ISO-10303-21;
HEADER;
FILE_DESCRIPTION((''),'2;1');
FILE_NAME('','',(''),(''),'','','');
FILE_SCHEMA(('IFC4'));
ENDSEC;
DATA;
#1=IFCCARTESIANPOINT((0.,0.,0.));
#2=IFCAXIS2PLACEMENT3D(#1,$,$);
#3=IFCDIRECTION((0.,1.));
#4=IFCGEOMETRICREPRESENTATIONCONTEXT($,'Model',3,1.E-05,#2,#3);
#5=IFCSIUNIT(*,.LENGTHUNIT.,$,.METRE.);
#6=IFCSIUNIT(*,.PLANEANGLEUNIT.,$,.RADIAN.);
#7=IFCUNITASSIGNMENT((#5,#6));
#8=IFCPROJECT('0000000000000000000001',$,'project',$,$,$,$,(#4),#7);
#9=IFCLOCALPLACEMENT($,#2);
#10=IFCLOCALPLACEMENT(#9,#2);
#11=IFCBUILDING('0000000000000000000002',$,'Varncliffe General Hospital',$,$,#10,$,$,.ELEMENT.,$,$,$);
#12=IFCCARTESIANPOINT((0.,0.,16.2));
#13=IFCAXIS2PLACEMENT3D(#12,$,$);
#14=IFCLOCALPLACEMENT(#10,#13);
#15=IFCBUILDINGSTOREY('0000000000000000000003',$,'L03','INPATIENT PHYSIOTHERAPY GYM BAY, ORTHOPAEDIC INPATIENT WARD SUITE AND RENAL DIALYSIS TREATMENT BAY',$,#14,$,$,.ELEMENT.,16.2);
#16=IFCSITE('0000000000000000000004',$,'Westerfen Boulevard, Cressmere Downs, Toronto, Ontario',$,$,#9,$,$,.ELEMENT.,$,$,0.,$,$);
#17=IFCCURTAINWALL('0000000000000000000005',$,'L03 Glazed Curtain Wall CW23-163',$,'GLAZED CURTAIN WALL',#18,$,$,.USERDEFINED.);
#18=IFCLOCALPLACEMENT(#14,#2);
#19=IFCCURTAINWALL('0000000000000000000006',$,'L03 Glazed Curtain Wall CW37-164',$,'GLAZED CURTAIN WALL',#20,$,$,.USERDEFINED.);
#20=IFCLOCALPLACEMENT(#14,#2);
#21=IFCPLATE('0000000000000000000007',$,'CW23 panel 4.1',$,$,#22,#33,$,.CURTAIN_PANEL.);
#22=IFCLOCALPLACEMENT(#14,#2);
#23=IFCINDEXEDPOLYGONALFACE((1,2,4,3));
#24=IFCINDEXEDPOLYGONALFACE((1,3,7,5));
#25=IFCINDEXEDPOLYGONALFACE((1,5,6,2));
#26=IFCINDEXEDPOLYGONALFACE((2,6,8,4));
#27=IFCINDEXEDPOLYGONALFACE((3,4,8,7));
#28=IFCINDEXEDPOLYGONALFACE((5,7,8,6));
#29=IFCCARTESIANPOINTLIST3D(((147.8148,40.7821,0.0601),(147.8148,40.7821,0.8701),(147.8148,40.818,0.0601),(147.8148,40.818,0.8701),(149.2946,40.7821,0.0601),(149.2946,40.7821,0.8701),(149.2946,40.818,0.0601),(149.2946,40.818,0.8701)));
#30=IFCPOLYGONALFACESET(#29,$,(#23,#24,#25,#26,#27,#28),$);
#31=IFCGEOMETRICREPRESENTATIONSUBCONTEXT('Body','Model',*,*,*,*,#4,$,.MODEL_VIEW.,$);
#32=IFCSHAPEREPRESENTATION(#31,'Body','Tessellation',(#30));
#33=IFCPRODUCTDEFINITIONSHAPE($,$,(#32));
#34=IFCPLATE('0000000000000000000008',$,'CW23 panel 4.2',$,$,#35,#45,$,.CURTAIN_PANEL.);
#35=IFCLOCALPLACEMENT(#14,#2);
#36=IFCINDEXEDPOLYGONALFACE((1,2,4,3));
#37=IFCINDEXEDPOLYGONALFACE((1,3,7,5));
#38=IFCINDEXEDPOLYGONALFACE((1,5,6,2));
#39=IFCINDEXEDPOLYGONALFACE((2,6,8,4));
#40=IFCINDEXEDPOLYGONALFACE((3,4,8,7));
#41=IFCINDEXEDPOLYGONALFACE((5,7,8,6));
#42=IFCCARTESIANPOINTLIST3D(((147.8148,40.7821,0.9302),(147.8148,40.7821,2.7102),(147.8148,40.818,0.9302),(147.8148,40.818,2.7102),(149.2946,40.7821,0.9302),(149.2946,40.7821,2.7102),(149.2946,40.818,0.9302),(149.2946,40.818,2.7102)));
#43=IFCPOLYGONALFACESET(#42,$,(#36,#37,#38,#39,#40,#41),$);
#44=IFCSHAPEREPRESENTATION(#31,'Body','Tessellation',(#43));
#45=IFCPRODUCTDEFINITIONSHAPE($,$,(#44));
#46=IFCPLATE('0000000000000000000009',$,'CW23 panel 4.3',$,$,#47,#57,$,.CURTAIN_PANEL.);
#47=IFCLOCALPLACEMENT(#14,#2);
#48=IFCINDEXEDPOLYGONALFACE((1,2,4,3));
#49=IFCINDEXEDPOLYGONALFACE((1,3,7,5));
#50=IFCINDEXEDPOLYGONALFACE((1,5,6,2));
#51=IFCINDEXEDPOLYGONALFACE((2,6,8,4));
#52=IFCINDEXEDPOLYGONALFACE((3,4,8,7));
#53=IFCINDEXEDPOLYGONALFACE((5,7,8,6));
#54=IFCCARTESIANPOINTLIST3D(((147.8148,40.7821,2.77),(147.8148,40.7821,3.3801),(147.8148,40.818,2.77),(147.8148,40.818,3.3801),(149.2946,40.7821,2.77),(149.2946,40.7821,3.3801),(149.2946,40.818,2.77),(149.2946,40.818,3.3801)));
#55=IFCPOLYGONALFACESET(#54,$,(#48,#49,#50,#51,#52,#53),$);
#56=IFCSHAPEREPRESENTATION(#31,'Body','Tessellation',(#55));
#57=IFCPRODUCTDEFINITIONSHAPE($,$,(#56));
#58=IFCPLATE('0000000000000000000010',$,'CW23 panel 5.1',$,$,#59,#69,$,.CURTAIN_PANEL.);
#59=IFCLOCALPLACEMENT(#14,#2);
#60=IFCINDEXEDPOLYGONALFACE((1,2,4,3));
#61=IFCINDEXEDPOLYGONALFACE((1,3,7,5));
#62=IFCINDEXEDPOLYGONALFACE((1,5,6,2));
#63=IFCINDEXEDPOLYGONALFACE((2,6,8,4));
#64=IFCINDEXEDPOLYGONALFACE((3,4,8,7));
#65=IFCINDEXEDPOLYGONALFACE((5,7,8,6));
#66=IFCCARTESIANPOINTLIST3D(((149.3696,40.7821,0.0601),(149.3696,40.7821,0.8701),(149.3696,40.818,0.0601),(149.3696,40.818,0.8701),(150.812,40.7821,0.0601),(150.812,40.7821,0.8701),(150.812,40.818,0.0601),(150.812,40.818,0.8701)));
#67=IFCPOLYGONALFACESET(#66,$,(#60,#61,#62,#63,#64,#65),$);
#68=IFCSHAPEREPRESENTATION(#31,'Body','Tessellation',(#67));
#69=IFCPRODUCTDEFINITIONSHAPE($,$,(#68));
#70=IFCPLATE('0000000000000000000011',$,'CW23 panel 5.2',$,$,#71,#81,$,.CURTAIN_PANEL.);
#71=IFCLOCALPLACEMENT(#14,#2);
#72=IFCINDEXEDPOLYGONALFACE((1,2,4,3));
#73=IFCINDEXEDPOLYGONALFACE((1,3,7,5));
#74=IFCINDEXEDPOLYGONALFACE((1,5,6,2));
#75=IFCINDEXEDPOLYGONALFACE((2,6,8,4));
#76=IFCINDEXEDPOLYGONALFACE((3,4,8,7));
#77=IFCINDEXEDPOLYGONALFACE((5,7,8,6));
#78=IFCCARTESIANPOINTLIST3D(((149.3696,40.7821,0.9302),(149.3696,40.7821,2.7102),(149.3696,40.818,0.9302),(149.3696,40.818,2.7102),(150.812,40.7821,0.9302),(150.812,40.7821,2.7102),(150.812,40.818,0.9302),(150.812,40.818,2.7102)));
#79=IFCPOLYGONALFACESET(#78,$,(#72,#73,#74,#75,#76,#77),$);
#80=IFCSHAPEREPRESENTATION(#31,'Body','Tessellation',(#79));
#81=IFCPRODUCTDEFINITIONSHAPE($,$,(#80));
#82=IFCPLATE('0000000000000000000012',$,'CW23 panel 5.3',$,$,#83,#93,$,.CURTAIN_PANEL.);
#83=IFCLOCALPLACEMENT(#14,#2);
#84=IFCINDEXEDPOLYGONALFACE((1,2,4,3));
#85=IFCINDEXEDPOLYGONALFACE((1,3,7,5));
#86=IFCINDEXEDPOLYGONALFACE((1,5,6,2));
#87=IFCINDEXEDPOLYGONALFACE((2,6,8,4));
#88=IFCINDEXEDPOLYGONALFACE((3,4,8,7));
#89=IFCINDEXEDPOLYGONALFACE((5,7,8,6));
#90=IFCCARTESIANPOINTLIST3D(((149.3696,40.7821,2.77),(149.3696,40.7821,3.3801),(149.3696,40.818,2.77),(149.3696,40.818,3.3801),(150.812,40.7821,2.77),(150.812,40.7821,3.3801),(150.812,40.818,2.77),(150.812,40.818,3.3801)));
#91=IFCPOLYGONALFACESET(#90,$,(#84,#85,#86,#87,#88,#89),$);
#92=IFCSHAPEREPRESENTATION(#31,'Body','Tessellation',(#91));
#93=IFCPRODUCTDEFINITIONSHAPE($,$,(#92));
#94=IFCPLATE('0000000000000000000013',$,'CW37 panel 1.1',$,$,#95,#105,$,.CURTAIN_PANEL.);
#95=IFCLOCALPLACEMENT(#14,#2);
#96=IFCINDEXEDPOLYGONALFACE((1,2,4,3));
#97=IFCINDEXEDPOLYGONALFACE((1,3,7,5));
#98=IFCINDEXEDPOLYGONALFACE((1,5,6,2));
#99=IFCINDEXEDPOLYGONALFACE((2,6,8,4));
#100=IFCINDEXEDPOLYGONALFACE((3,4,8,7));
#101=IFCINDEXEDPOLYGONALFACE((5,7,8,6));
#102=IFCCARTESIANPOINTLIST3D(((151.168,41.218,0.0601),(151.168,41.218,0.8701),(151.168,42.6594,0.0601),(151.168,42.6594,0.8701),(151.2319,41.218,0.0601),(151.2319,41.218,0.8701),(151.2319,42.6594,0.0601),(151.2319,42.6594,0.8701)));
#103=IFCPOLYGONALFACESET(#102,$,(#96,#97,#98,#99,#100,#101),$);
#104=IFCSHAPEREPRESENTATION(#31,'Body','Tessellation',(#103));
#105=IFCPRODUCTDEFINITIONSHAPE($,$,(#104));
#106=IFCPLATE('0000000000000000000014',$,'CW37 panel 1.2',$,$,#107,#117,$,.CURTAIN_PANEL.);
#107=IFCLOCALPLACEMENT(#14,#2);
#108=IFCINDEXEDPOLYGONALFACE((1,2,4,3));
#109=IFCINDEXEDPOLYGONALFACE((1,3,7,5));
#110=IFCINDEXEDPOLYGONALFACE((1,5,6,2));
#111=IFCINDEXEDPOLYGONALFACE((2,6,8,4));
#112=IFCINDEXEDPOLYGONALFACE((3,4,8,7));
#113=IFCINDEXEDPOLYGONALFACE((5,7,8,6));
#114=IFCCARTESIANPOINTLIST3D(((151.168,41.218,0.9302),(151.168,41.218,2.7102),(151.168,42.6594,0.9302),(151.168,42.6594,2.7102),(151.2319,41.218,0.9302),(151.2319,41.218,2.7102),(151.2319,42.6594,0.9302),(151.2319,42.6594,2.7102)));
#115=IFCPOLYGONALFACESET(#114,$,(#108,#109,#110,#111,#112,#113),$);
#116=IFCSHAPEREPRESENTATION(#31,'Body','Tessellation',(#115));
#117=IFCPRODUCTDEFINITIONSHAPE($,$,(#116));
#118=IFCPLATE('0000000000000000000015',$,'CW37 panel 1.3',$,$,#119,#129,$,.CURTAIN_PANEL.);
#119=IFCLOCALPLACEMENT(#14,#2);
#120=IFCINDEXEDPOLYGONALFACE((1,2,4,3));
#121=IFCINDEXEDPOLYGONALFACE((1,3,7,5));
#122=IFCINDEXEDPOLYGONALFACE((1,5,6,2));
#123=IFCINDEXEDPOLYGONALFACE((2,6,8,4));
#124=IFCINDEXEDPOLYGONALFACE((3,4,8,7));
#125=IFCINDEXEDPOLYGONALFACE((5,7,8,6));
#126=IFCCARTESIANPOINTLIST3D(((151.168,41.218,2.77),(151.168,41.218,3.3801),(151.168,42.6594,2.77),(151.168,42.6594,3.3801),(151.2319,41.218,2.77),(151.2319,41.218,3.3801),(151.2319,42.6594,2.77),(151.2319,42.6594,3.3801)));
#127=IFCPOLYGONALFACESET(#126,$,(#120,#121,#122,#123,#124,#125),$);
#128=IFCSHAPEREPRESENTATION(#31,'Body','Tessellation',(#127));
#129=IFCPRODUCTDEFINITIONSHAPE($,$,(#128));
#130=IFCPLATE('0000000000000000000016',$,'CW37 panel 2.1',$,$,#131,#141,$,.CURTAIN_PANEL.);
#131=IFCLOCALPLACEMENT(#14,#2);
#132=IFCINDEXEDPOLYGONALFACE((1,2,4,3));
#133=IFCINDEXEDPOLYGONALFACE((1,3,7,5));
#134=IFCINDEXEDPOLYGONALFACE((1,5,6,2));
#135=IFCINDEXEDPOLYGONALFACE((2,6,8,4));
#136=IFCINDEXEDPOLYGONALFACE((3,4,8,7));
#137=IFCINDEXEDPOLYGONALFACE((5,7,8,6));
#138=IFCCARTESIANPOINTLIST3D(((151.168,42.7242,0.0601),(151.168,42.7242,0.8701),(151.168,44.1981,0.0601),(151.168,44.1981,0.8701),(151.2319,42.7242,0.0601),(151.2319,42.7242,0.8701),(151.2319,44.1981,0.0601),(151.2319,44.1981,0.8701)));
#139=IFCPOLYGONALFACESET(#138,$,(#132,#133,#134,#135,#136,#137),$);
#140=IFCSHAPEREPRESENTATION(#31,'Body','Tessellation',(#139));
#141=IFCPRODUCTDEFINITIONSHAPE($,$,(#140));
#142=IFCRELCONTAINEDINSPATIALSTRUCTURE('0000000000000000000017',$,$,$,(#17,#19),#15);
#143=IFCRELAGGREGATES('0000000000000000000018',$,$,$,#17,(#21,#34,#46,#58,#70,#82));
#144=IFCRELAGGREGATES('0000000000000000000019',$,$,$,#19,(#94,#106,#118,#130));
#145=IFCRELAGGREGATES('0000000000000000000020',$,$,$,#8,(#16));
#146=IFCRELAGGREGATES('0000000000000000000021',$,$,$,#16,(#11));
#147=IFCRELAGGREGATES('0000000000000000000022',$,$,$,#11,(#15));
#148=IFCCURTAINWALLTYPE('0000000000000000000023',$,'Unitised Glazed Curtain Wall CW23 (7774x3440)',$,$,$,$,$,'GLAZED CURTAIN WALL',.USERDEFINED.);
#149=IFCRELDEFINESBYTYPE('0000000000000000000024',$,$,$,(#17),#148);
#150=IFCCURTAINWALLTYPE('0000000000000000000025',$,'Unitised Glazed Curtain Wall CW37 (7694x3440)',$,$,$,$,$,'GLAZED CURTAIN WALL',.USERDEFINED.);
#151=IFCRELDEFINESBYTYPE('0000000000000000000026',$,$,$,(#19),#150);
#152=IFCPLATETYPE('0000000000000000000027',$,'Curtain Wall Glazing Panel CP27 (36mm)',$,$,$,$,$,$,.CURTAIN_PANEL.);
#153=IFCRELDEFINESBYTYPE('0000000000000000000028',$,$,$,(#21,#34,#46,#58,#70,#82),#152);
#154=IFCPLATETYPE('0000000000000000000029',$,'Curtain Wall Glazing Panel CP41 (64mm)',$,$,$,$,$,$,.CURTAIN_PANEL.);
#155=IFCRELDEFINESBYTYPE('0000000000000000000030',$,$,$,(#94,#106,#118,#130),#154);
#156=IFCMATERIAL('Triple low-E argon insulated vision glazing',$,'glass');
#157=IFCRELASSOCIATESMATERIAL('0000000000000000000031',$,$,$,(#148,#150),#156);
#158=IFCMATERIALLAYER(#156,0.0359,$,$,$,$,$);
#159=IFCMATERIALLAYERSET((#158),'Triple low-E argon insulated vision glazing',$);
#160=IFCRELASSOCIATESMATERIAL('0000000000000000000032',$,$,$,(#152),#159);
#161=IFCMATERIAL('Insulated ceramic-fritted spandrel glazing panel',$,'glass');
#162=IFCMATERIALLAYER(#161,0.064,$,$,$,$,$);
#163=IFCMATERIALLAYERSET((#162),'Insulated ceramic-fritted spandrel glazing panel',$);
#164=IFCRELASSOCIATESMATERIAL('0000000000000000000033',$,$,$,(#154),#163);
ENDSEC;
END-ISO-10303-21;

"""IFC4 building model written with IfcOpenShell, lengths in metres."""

from ifc_helpers import new_model, si_unit, direction, frame, origin, origin_2d, place, context, subcontext, project, spatial, rectangle, extrude, material, layer, layer_set, type_object, element, aggregate, save


model = new_model("IFC4")

# Units and contexts
model_context = context("Model", 3, precision=1e-05, world=origin(), true_north=direction((0.0, 1.0)))
body_context = subcontext(model_context, "Body", "Model", "MODEL_VIEW")
ifc_project = project(units=[si_unit("LENGTHUNIT", "METRE"), si_unit("PLANEANGLEUNIT", "RADIAN")], contexts=[model_context])

# Site, building, storey
site_placement = place(None, origin())
site = spatial("IfcSite", under=ifc_project, at=site_placement, Name="Westerfen Boulevard, Cressmere Downs, Toronto, Ontario", CompositionType="ELEMENT", RefElevation=0.0)
building_placement = place(site_placement, origin())
building = spatial("IfcBuilding", under=site, at=building_placement, Name="Varncliffe General Hospital", CompositionType="ELEMENT")
storey_placement = place(building_placement, frame((0.0, 0.0, 16.2)))
storey = spatial("IfcBuildingStorey", under=building, at=storey_placement, Name="L03", Description="INPATIENT PHYSIOTHERAPY GYM BAY, ORTHOPAEDIC INPATIENT WARD SUITE AND RENAL DIALYSIS TREATMENT BAY", CompositionType="ELEMENT", Elevation=16.2)

# Curtain walls
ifc_material_1 = material(Name="Triple low-E argon insulated vision glazing", Category="glass")
curtain_wall_type_1 = type_object("IfcCurtainWallType", Name="Unitised Glazed Curtain Wall CW23 (7774x3440)", ElementType="GLAZED CURTAIN WALL", PredefinedType="USERDEFINED", material=ifc_material_1)
curtain_wall_1_placement = place(storey_placement, origin())
curtain_wall_1 = element("IfcCurtainWall", 1, at=curtain_wall_1_placement, inside=storey, type_object=curtain_wall_type_1, Name="L03 Glazed Curtain Wall CW23-163", ObjectType="GLAZED CURTAIN WALL", PredefinedType="USERDEFINED")
curtain_wall_type_2 = type_object("IfcCurtainWallType", Name="Unitised Glazed Curtain Wall CW37 (7694x3440)", ElementType="GLAZED CURTAIN WALL", PredefinedType="USERDEFINED", material=ifc_material_1)
curtain_wall_2_placement = place(storey_placement, origin())
curtain_wall_2 = element("IfcCurtainWall", 2, at=curtain_wall_2_placement, inside=storey, type_object=curtain_wall_type_2, Name="L03 Glazed Curtain Wall CW37-164", ObjectType="GLAZED CURTAIN WALL", PredefinedType="USERDEFINED")

# Plates
ifc_layer_1 = layer(ifc_material_1, 0.0359)
ifc_layer_set_1 = layer_set([ifc_layer_1], Name="Triple low-E argon insulated vision glazing")
plate_type_1 = type_object("IfcPlateType", Name="Curtain Wall Glazing Panel CP27 (36mm)", PredefinedType="CURTAIN_PANEL", material=ifc_layer_set_1)
plate_1_placement = place(storey_placement, frame((148.5547, 40.8, 0.0601), z_axis=(0.0, 0.0, 1.0), x_axis=(1.0, 0.0, 0.0)))
plate_1 = element("IfcPlate", 3, at=plate_1_placement, type_object=plate_type_1, Name="CW23 panel 4.1", PredefinedType="CURTAIN_PANEL", context=body_context, shape_type="SweptSolid", body=[
    extrude(rectangle(XDim=1.4797, YDim=0.0359, at=origin_2d()), origin(), (0.0, 0.0, 1.0), 0.8101),
])
plate_2_placement = place(storey_placement, frame((148.5547, 40.8, 0.9302), z_axis=(0.0, 0.0, 1.0), x_axis=(1.0, 0.0, 0.0)))
plate_2 = element("IfcPlate", 4, at=plate_2_placement, type_object=plate_type_1, Name="CW23 panel 4.2", PredefinedType="CURTAIN_PANEL", context=body_context, shape_type="SweptSolid", body=[
    extrude(rectangle(XDim=1.4797, YDim=0.0359, at=origin_2d()), origin(), (0.0, 0.0, 1.0), 1.78),
])
plate_3_placement = place(storey_placement, frame((148.5547, 40.8, 2.77), z_axis=(0.0, 0.0, 1.0), x_axis=(1.0, 0.0, 0.0)))
plate_3 = element("IfcPlate", 5, at=plate_3_placement, type_object=plate_type_1, Name="CW23 panel 4.3", PredefinedType="CURTAIN_PANEL", context=body_context, shape_type="SweptSolid", body=[
    extrude(rectangle(XDim=1.4797, YDim=0.0359, at=origin_2d()), origin(), (0.0, 0.0, 1.0), 0.6101),
])
plate_4_placement = place(storey_placement, frame((150.0908, 40.8, 0.0601), z_axis=(0.0, 0.0, 1.0), x_axis=(1.0, 0.0, 0.0)))
plate_4 = element("IfcPlate", 6, at=plate_4_placement, type_object=plate_type_1, Name="CW23 panel 5.1", PredefinedType="CURTAIN_PANEL", context=body_context, shape_type="SweptSolid", body=[
    extrude(rectangle(XDim=1.4424, YDim=0.0359, at=origin_2d()), origin(), (0.0, 0.0, 1.0), 0.8101),
])
plate_5_placement = place(storey_placement, frame((150.0908, 40.8, 0.9302), z_axis=(0.0, 0.0, 1.0), x_axis=(1.0, 0.0, 0.0)))
plate_5 = element("IfcPlate", 7, at=plate_5_placement, type_object=plate_type_1, Name="CW23 panel 5.2", PredefinedType="CURTAIN_PANEL", context=body_context, shape_type="SweptSolid", body=[
    extrude(rectangle(XDim=1.4424, YDim=0.0359, at=origin_2d()), origin(), (0.0, 0.0, 1.0), 1.78),
])
plate_6_placement = place(storey_placement, frame((150.0908, 40.8, 2.77), z_axis=(0.0, 0.0, 1.0), x_axis=(1.0, 0.0, 0.0)))
plate_6 = element("IfcPlate", 8, at=plate_6_placement, type_object=plate_type_1, Name="CW23 panel 5.3", PredefinedType="CURTAIN_PANEL", context=body_context, shape_type="SweptSolid", body=[
    extrude(rectangle(XDim=1.4424, YDim=0.0359, at=origin_2d()), origin(), (0.0, 0.0, 1.0), 0.6101),
])
aggregate(curtain_wall_1, [plate_1, plate_2, plate_3, plate_4, plate_5, plate_6])
ifc_material_2 = material(Name="Insulated ceramic-fritted spandrel glazing panel", Category="glass")
ifc_layer_2 = layer(ifc_material_2, 0.064)
ifc_layer_set_2 = layer_set([ifc_layer_2], Name="Insulated ceramic-fritted spandrel glazing panel")
plate_type_2 = type_object("IfcPlateType", Name="Curtain Wall Glazing Panel CP41 (64mm)", PredefinedType="CURTAIN_PANEL", material=ifc_layer_set_2)
plate_7_placement = place(storey_placement, frame((151.2, 41.9387, 0.0601), z_axis=(0.0, 0.0, 1.0), x_axis=(0.0, 1.0, 0.0)))
plate_7 = element("IfcPlate", 9, at=plate_7_placement, type_object=plate_type_2, Name="CW37 panel 1.1", PredefinedType="CURTAIN_PANEL", context=body_context, shape_type="SweptSolid", body=[
    extrude(rectangle(XDim=1.4414, YDim=0.064, at=origin_2d()), origin(), (0.0, 0.0, 1.0), 0.8101),
])
plate_8_placement = place(storey_placement, frame((151.2, 41.9387, 0.9302), z_axis=(0.0, 0.0, 1.0), x_axis=(0.0, 1.0, 0.0)))
plate_8 = element("IfcPlate", 10, at=plate_8_placement, type_object=plate_type_2, Name="CW37 panel 1.2", PredefinedType="CURTAIN_PANEL", context=body_context, shape_type="SweptSolid", body=[
    extrude(rectangle(XDim=1.4414, YDim=0.064, at=origin_2d()), origin(), (0.0, 0.0, 1.0), 1.78),
])
plate_9_placement = place(storey_placement, frame((151.2, 41.9387, 2.77), z_axis=(0.0, 0.0, 1.0), x_axis=(0.0, 1.0, 0.0)))
plate_9 = element("IfcPlate", 11, at=plate_9_placement, type_object=plate_type_2, Name="CW37 panel 1.3", PredefinedType="CURTAIN_PANEL", context=body_context, shape_type="SweptSolid", body=[
    extrude(rectangle(XDim=1.4414, YDim=0.064, at=origin_2d()), origin(), (0.0, 0.0, 1.0), 0.6101),
])
plate_10_placement = place(storey_placement, frame((151.2, 43.4612, 0.0601), z_axis=(0.0, 0.0, 1.0), x_axis=(0.0, 1.0, 0.0)))
plate_10 = element("IfcPlate", 12, at=plate_10_placement, type_object=plate_type_2, Name="CW37 panel 2.1", PredefinedType="CURTAIN_PANEL", context=body_context, shape_type="SweptSolid", body=[
    extrude(rectangle(XDim=1.4739, YDim=0.064, at=origin_2d()), origin(), (0.0, 0.0, 1.0), 0.8101),
])
aggregate(curtain_wall_2, [plate_7, plate_8, plate_9, plate_10])

save(model, "model.ifc")
